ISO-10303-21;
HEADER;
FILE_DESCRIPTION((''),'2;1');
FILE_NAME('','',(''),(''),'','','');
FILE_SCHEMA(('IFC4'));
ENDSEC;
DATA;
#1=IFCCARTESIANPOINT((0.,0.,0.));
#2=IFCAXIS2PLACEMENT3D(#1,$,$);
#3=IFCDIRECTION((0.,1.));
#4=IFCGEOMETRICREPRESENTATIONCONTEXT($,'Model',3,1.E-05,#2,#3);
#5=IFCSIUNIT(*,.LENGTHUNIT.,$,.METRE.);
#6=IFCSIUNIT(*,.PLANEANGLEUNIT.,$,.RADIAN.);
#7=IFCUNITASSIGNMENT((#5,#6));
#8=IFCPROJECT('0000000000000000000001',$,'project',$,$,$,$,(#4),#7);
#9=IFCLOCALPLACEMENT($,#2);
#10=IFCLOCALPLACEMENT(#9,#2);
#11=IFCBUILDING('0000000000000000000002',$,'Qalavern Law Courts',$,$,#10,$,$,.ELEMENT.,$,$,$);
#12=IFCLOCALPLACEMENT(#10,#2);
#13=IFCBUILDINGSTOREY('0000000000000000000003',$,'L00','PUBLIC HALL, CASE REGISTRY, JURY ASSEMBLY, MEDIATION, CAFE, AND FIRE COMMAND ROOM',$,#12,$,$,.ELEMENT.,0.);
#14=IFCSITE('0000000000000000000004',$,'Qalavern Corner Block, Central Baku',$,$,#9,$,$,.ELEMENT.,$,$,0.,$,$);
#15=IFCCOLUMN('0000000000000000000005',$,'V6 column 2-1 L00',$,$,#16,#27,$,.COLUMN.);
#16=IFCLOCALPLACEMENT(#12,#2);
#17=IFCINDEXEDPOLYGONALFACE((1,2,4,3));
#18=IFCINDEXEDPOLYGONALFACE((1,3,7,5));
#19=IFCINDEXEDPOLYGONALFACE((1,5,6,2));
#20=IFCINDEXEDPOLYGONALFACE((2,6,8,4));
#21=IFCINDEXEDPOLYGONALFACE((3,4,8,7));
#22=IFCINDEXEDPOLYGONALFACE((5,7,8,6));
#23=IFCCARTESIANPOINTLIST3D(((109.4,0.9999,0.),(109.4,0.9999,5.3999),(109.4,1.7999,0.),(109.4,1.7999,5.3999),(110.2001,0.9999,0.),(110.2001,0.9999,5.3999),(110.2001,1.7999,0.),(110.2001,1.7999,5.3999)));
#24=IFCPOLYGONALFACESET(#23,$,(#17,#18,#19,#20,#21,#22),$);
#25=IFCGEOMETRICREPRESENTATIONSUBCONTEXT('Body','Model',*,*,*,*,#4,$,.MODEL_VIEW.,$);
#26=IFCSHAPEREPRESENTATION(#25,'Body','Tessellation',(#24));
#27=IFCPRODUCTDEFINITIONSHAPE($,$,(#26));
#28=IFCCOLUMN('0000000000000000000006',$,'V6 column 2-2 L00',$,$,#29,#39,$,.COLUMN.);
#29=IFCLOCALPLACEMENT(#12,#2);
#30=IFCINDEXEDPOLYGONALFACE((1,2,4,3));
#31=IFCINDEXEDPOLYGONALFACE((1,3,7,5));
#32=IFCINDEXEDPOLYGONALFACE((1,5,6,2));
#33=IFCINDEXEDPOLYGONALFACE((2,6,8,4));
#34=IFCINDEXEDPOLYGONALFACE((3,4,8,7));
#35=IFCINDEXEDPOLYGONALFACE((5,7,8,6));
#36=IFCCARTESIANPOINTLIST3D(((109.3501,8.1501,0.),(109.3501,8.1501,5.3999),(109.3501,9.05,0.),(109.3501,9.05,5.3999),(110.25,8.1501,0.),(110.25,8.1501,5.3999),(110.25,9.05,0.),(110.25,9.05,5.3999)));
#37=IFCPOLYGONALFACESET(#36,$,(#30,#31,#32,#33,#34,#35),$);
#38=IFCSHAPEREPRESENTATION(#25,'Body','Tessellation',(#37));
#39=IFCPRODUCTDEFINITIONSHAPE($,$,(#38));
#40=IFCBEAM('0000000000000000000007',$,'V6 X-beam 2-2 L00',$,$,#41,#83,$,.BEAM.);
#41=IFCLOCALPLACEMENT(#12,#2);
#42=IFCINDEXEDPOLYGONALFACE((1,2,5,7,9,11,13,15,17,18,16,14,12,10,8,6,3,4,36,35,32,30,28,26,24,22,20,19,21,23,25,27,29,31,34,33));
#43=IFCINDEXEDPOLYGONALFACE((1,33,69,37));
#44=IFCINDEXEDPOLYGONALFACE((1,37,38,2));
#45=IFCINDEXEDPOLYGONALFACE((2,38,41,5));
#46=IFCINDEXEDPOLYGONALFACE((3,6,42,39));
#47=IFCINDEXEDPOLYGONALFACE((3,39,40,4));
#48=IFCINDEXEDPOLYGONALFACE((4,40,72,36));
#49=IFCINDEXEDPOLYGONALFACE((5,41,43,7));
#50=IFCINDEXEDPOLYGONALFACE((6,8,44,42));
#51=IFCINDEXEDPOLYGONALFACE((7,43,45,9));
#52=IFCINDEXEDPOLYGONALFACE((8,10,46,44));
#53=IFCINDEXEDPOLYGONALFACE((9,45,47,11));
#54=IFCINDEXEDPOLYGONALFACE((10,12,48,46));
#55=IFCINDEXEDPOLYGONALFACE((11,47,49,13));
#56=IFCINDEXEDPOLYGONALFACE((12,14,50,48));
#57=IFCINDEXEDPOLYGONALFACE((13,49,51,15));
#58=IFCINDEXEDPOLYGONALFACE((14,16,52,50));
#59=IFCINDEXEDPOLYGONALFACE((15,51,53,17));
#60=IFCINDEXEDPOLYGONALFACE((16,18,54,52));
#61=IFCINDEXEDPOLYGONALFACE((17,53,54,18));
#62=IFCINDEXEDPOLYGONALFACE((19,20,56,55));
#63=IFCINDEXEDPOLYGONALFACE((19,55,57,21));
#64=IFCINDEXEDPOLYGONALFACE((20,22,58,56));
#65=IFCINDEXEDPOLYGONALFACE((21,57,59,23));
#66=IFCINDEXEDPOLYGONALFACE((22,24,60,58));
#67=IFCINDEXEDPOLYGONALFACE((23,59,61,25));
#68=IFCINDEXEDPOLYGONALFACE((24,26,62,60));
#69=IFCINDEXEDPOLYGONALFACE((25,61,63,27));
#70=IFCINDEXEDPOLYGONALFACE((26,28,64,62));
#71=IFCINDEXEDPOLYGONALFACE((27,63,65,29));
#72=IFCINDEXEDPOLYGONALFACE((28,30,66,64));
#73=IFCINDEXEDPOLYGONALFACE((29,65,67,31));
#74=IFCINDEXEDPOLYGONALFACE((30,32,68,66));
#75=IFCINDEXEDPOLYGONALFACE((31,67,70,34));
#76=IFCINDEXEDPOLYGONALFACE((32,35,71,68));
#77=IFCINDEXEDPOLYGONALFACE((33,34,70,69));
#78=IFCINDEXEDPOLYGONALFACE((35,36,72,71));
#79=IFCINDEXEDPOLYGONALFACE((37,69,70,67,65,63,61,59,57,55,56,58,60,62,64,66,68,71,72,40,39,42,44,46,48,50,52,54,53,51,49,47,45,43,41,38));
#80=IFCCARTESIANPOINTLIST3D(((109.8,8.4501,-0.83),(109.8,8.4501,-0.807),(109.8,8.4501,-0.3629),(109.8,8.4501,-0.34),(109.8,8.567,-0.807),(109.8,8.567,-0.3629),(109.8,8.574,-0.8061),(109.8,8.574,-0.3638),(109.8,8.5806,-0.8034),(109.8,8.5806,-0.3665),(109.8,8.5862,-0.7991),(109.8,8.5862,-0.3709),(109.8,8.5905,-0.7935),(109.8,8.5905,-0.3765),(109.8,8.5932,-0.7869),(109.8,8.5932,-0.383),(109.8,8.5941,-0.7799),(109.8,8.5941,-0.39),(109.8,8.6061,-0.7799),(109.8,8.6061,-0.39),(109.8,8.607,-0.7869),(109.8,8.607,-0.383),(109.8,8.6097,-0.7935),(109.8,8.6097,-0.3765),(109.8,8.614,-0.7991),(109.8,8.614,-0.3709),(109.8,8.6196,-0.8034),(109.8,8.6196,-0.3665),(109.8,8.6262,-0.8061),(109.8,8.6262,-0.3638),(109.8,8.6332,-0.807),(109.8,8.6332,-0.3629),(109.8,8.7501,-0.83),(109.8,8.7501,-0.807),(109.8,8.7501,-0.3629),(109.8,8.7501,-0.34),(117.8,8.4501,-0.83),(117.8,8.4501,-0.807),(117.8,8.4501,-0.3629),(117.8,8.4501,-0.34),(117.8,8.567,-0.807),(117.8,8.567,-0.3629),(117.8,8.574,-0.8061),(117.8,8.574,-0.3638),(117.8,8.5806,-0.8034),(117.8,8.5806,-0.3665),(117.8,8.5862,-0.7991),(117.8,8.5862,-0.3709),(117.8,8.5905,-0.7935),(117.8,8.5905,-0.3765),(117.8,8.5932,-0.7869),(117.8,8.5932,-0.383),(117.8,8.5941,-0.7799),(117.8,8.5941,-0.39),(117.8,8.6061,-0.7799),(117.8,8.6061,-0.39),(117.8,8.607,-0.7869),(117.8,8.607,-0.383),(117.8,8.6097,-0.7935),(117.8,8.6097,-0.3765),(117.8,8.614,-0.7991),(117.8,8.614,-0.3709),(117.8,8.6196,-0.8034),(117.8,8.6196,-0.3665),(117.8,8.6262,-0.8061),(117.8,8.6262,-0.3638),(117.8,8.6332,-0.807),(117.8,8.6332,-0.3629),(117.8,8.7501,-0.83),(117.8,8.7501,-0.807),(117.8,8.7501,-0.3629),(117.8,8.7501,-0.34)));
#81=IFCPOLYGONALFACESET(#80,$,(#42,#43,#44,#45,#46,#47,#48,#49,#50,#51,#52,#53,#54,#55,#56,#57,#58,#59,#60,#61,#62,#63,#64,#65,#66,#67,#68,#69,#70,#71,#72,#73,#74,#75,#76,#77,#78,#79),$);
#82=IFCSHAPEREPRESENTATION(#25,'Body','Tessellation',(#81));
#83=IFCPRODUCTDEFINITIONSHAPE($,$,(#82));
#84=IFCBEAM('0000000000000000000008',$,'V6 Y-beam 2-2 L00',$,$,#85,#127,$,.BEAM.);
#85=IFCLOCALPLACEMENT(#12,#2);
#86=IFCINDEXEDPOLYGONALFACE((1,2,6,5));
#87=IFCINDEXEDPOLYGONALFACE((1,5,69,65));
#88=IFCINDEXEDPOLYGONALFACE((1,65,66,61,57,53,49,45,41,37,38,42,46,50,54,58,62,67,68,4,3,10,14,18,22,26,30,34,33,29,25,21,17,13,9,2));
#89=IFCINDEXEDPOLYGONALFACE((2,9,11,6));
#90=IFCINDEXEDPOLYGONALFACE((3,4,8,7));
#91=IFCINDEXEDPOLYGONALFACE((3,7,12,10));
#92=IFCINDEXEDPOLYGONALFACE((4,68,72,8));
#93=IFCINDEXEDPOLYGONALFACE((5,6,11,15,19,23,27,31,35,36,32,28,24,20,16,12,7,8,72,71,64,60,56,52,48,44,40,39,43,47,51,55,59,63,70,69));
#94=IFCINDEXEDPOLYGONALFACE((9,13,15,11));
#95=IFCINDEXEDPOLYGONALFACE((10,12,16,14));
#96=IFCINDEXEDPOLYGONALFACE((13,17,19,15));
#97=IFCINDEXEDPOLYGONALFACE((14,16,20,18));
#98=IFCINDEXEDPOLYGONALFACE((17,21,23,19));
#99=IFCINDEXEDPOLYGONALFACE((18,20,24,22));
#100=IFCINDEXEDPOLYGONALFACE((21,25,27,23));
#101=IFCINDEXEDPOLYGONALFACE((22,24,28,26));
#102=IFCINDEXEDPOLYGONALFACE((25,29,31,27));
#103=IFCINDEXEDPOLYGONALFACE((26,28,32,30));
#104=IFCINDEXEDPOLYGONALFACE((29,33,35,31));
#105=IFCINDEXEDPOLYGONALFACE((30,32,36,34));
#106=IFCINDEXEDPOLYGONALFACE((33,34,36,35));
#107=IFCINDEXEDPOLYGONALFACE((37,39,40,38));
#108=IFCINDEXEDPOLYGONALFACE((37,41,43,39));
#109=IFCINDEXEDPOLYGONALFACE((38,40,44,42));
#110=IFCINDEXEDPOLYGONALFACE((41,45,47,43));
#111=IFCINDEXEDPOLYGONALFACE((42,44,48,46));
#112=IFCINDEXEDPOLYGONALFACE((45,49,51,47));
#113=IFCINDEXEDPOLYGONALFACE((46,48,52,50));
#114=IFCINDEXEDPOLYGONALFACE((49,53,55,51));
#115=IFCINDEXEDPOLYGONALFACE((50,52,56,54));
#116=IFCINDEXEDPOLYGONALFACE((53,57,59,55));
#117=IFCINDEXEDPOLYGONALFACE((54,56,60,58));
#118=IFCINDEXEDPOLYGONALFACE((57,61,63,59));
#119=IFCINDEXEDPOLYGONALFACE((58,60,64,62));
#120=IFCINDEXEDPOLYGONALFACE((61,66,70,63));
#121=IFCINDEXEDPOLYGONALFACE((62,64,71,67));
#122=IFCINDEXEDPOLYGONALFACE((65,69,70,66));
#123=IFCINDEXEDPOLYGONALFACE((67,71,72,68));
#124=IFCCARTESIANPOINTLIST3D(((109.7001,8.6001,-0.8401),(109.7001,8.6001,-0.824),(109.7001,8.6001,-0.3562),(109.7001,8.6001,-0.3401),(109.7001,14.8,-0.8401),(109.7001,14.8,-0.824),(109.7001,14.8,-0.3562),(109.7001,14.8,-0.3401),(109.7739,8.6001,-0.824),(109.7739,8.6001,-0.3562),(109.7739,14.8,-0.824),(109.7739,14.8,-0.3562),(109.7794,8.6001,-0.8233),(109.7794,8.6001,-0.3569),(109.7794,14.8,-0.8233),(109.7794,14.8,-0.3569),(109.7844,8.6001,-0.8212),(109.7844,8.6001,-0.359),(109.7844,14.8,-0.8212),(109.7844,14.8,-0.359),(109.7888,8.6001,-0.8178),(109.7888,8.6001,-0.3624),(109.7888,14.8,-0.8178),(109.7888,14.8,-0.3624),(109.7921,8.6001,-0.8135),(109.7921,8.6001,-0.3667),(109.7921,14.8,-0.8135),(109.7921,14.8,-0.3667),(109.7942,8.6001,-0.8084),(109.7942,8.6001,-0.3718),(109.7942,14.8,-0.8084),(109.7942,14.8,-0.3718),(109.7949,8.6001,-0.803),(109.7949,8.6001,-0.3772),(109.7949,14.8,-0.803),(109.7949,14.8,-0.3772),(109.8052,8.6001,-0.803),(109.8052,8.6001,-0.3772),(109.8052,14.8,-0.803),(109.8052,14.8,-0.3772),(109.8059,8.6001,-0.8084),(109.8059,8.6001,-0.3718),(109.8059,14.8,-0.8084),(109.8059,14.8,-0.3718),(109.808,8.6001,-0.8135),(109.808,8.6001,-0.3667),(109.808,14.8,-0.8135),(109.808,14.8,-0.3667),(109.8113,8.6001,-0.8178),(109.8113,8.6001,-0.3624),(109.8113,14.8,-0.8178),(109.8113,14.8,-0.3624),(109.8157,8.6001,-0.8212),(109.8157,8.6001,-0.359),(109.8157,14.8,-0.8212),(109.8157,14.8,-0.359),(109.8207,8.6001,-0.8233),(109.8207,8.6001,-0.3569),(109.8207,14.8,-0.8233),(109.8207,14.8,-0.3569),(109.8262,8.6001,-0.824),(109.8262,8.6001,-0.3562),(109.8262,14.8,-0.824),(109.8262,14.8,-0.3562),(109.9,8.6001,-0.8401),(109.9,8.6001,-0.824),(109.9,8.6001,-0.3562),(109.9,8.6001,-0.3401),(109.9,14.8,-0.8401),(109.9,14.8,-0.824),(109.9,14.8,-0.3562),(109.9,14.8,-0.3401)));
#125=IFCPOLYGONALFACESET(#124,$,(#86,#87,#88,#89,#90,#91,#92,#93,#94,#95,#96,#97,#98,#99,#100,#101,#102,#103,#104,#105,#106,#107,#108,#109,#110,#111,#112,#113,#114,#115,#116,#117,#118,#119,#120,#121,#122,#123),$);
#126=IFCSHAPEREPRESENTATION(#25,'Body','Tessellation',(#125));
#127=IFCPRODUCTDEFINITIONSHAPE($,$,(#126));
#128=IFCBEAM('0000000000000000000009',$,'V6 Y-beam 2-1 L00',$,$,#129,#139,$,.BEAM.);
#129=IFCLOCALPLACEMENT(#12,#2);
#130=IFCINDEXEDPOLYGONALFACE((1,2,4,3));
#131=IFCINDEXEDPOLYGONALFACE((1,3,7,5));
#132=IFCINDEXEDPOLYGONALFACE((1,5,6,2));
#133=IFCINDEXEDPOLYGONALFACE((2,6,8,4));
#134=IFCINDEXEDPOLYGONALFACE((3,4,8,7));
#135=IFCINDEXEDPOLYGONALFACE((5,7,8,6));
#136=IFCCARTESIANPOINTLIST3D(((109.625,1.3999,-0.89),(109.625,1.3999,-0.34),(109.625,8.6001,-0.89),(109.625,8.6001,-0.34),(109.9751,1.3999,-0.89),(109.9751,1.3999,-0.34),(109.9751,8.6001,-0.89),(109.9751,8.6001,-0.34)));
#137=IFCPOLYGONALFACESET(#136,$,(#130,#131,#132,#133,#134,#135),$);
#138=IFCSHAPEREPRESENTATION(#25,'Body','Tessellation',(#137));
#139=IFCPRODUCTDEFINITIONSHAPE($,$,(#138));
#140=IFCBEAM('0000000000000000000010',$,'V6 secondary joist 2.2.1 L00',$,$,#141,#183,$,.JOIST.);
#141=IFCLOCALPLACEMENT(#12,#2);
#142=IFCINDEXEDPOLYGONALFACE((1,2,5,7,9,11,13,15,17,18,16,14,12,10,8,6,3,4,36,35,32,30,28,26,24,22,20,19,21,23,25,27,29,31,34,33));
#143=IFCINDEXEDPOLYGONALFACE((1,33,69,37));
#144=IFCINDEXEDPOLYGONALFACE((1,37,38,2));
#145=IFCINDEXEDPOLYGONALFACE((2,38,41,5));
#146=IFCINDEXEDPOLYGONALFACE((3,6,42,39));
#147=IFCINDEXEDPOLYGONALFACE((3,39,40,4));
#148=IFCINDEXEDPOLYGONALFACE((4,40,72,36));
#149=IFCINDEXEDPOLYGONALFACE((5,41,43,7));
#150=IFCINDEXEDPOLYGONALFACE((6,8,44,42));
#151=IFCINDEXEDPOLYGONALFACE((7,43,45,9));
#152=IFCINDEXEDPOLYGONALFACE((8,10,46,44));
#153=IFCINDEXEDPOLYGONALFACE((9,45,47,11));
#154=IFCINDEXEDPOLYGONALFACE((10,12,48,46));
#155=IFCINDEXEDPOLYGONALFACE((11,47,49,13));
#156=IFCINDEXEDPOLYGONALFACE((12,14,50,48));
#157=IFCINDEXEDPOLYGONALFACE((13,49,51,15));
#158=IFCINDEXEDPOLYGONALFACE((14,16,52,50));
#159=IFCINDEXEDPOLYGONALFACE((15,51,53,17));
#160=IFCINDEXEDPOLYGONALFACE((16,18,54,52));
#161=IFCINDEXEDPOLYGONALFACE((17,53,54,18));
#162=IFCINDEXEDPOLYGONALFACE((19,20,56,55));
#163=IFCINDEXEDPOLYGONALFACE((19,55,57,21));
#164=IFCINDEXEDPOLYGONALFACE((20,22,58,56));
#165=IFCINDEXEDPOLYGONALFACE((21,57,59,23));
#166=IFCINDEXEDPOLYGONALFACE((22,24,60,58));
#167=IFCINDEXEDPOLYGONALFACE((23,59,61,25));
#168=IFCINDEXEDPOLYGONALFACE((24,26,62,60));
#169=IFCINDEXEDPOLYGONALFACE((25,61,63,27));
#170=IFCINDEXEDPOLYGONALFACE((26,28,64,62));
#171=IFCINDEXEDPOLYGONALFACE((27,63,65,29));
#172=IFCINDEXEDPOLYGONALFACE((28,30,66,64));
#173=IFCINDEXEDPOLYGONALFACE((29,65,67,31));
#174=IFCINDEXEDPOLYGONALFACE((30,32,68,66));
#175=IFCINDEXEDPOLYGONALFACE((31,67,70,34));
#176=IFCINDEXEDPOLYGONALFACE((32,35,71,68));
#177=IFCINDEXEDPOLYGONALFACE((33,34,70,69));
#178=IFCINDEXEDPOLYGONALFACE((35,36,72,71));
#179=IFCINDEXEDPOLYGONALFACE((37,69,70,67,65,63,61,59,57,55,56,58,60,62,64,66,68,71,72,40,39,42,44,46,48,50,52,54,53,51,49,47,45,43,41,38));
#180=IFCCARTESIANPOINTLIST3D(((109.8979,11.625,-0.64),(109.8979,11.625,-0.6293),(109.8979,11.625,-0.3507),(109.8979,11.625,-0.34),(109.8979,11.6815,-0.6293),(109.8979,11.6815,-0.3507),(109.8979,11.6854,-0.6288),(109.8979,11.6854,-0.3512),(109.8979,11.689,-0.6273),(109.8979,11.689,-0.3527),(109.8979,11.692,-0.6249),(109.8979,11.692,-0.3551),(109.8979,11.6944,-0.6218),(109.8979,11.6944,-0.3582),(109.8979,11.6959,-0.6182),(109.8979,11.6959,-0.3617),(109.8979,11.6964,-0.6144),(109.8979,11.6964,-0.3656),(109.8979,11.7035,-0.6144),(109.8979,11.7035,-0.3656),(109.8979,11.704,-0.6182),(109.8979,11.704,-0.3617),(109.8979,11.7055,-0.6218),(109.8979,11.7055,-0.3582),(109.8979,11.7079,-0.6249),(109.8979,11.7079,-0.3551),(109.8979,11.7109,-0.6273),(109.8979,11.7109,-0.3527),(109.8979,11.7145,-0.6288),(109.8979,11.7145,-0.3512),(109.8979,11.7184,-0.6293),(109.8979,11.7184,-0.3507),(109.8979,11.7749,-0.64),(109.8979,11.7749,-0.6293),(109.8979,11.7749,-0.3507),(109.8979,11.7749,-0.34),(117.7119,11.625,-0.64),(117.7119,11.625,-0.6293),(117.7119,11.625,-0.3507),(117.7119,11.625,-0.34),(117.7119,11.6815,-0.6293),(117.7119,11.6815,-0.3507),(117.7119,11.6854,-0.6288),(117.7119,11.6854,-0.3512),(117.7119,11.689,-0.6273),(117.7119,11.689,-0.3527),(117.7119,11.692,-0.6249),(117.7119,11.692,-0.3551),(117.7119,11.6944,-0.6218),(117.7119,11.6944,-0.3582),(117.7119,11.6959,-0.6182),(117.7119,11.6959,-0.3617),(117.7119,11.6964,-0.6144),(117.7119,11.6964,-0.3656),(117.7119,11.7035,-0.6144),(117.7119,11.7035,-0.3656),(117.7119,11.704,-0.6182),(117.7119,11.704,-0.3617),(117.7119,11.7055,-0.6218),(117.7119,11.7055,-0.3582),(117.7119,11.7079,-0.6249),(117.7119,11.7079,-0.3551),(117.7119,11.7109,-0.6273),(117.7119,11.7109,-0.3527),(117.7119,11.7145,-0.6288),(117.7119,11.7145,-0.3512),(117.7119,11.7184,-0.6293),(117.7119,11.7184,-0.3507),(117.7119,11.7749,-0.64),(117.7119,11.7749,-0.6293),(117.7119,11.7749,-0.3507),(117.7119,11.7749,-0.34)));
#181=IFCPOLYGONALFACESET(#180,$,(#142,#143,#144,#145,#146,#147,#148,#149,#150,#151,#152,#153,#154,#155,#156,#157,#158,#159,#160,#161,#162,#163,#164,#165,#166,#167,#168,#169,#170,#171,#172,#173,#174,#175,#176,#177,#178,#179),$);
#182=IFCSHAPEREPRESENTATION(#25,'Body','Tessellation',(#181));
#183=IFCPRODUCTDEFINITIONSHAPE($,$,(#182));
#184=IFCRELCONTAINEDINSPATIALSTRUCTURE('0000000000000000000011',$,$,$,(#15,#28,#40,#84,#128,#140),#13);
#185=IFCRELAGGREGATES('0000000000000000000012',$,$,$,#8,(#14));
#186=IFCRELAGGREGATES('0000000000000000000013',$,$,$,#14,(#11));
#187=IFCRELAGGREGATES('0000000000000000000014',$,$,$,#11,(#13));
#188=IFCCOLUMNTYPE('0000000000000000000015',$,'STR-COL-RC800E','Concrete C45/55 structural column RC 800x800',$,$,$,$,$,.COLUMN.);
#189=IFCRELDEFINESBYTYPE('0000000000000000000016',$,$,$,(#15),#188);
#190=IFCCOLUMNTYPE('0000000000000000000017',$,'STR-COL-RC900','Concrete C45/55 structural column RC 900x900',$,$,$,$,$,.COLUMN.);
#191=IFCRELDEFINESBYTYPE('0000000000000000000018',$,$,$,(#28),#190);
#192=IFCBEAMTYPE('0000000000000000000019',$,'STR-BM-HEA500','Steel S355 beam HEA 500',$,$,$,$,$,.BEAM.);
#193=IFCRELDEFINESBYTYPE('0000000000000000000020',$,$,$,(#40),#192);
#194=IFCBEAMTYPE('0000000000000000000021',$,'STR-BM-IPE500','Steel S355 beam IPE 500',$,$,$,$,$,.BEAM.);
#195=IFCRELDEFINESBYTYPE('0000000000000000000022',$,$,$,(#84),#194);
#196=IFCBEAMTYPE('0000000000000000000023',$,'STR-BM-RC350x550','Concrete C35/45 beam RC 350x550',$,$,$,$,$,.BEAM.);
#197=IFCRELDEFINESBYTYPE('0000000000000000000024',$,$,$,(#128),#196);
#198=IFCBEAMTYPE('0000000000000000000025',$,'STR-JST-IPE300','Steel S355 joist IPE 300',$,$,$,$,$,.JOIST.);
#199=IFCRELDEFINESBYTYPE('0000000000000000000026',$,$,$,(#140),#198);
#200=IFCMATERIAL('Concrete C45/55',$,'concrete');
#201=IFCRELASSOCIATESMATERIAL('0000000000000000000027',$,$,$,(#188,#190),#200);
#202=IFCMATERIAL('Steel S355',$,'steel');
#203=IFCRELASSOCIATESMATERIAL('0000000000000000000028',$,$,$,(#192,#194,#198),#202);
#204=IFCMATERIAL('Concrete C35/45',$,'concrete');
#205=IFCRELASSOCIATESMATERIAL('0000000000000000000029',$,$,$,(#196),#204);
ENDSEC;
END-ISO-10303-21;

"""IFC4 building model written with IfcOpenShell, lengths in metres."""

from ifc_helpers import new_model, si_unit, direction, frame, origin, origin_2d, place, context, subcontext, project, spatial, rectangle, i_section, extrude, material, material_profile, profile_set, type_object, element, save


model = new_model("IFC4")

# Units and contexts
model_context = context("Model", 3, precision=1e-05, world=origin(), true_north=direction((0.0, 1.0)))
body_context = subcontext(model_context, "Body", "Model", "MODEL_VIEW")
ifc_project = project(units=[si_unit("LENGTHUNIT", "METRE"), si_unit("PLANEANGLEUNIT", "RADIAN")], contexts=[model_context])

# Site, building, storey
site_placement = place(None, origin())
site = spatial("IfcSite", under=ifc_project, at=site_placement, Name="Qalavern Corner Block, Central Baku", CompositionType="ELEMENT", RefElevation=0.0)
building_placement = place(site_placement, origin())
building = spatial("IfcBuilding", under=site, at=building_placement, Name="Qalavern Law Courts", CompositionType="ELEMENT")
storey_placement = place(building_placement, origin())
storey = spatial("IfcBuildingStorey", under=building, at=storey_placement, Name="L00", Description="PUBLIC HALL, CASE REGISTRY, JURY ASSEMBLY, MEDIATION, CAFE, AND FIRE COMMAND ROOM", CompositionType="ELEMENT", Elevation=0.0)

# Columns
ifc_material_1 = material(Name="Concrete C45/55", Category="concrete")
ifc_material_profile_1 = material_profile(ifc_material_1, rectangle(XDim=0.8, YDim=0.8, at=origin_2d()), Name="RC 800x800")
ifc_profile_set_1 = profile_set([ifc_material_profile_1], Name="Concrete C45/55")
column_type_1 = type_object("IfcColumnType", Name="STR-COL-RC800E", Description="Concrete C45/55 structural column RC 800x800", PredefinedType="COLUMN", material=ifc_profile_set_1)
column_1_placement = place(storey_placement, frame((109.8, 1.3999, 0.0), z_axis=(0.0, 0.0, 1.0), x_axis=(1.0, 0.0, 0.0)))
element("IfcColumn", 1, at=column_1_placement, inside=storey, type_object=column_type_1, Name="V6 column 2-1 L00", PredefinedType="COLUMN", context=body_context, shape_type="SweptSolid", body=[
    extrude(rectangle(XDim=0.8, YDim=0.8, at=origin_2d()), origin(), (0.0, 0.0, 1.0), 5.3999),
])
ifc_material_profile_2 = material_profile(ifc_material_1, rectangle(XDim=0.8999, YDim=0.8999, at=origin_2d()), Name="RC 900x900")
ifc_profile_set_2 = profile_set([ifc_material_profile_2], Name="Concrete C45/55")
column_type_2 = type_object("IfcColumnType", Name="STR-COL-RC900", Description="Concrete C45/55 structural column RC 900x900", PredefinedType="COLUMN", material=ifc_profile_set_2)
column_2_placement = place(storey_placement, frame((109.8, 8.6001, 0.0), z_axis=(0.0, 0.0, 1.0), x_axis=(1.0, 0.0, 0.0)))
element("IfcColumn", 2, at=column_2_placement, inside=storey, type_object=column_type_2, Name="V6 column 2-2 L00", PredefinedType="COLUMN", context=body_context, shape_type="SweptSolid", body=[
    extrude(rectangle(XDim=0.8999, YDim=0.8999, at=origin_2d()), origin(), (0.0, 0.0, 1.0), 5.3999),
])

# Beams
ifc_material_2 = material(Name="Steel S355", Category="steel")
ifc_material_profile_3 = material_profile(ifc_material_2, i_section(OverallWidth=0.3, OverallDepth=0.49, WebThickness=0.012, FlangeThickness=0.0229, FilletRadius=0.0271, at=origin_2d()), Name="HEA 500")
ifc_profile_set_3 = profile_set([ifc_material_profile_3], Name="Steel S355")
beam_type_1 = type_object("IfcBeamType", Name="STR-BM-HEA500", Description="Steel S355 beam HEA 500", PredefinedType="BEAM", material=ifc_profile_set_3)
beam_1_placement = place(storey_placement, frame((109.8, 8.6001, -0.585), z_axis=(1.0, 0.0, 0.0), x_axis=(0.0, 1.0, 0.0)))
element("IfcBeam", 3, at=beam_1_placement, inside=storey, type_object=beam_type_1, Name="V6 X-beam 2-2 L00", PredefinedType="BEAM", context=body_context, shape_type="SweptSolid", body=[
    extrude(i_section(OverallWidth=0.3, OverallDepth=0.49, WebThickness=0.012, FlangeThickness=0.0229, FilletRadius=0.0271, at=origin_2d()), origin(), (0.0, 0.0, 1.0), 8.0),
])
ifc_material_profile_4 = material_profile(ifc_material_2, i_section(OverallWidth=0.2, OverallDepth=0.5, WebThickness=0.0103, FlangeThickness=0.0161, FilletRadius=0.021, at=origin_2d()), Name="IPE 500")
ifc_profile_set_4 = profile_set([ifc_material_profile_4], Name="Steel S355")
beam_type_2 = type_object("IfcBeamType", Name="STR-BM-IPE500", Description="Steel S355 beam IPE 500", PredefinedType="BEAM", material=ifc_profile_set_4)
beam_2_placement = place(storey_placement, frame((109.8, 8.6001, -0.5901), z_axis=(0.0, 1.0, 0.0), x_axis=(-1.0, 0.0, 0.0)))
element("IfcBeam", 4, at=beam_2_placement, inside=storey, type_object=beam_type_2, Name="V6 Y-beam 2-2 L00", PredefinedType="BEAM", context=body_context, shape_type="SweptSolid", body=[
    extrude(i_section(OverallWidth=0.2, OverallDepth=0.5, WebThickness=0.0103, FlangeThickness=0.0161, FilletRadius=0.021, at=origin_2d()), origin(), (0.0, 0.0, 1.0), 6.2),
])
ifc_material_3 = material(Name="Concrete C35/45", Category="concrete")
ifc_material_profile_5 = material_profile(ifc_material_3, rectangle(XDim=0.3501, YDim=0.55, at=origin_2d()), Name="RC 350x550")
ifc_profile_set_5 = profile_set([ifc_material_profile_5], Name="Concrete C35/45")
beam_type_3 = type_object("IfcBeamType", Name="STR-BM-RC350x550", Description="Concrete C35/45 beam RC 350x550", PredefinedType="BEAM", material=ifc_profile_set_5)
beam_3_placement = place(storey_placement, frame((109.8, 1.3999, -0.615), z_axis=(0.0, 1.0, 0.0), x_axis=(-1.0, 0.0, 0.0)))
element("IfcBeam", 5, at=beam_3_placement, inside=storey, type_object=beam_type_3, Name="V6 Y-beam 2-1 L00", PredefinedType="BEAM", context=body_context, shape_type="SweptSolid", body=[
    extrude(rectangle(XDim=0.3501, YDim=0.55, at=origin_2d()), origin(), (0.0, 0.0, 1.0), 7.2002),
])
ifc_material_profile_6 = material_profile(ifc_material_2, i_section(OverallWidth=0.1499, OverallDepth=0.3, WebThickness=0.0071, FlangeThickness=0.0107, FilletRadius=0.0149, at=origin_2d()), Name="IPE 300")
ifc_profile_set_6 = profile_set([ifc_material_profile_6], Name="Steel S355")
beam_type_4 = type_object("IfcBeamType", Name="STR-JST-IPE300", Description="Steel S355 joist IPE 300", PredefinedType="JOIST", material=ifc_profile_set_6)
beam_4_placement = place(storey_placement, frame((109.8979, 11.7, -0.49), z_axis=(1.0, 0.0, 0.0), x_axis=(0.0, 1.0, 0.0)))
element("IfcBeam", 6, at=beam_4_placement, inside=storey, type_object=beam_type_4, Name="V6 secondary joist 2.2.1 L00", PredefinedType="JOIST", context=body_context, shape_type="SweptSolid", body=[
    extrude(i_section(OverallWidth=0.1499, OverallDepth=0.3, WebThickness=0.0071, FlangeThickness=0.0107, FilletRadius=0.0149, at=origin_2d()), origin(), (0.0, 0.0, 1.0), 7.814),
])

save(model, "model.ifc")
